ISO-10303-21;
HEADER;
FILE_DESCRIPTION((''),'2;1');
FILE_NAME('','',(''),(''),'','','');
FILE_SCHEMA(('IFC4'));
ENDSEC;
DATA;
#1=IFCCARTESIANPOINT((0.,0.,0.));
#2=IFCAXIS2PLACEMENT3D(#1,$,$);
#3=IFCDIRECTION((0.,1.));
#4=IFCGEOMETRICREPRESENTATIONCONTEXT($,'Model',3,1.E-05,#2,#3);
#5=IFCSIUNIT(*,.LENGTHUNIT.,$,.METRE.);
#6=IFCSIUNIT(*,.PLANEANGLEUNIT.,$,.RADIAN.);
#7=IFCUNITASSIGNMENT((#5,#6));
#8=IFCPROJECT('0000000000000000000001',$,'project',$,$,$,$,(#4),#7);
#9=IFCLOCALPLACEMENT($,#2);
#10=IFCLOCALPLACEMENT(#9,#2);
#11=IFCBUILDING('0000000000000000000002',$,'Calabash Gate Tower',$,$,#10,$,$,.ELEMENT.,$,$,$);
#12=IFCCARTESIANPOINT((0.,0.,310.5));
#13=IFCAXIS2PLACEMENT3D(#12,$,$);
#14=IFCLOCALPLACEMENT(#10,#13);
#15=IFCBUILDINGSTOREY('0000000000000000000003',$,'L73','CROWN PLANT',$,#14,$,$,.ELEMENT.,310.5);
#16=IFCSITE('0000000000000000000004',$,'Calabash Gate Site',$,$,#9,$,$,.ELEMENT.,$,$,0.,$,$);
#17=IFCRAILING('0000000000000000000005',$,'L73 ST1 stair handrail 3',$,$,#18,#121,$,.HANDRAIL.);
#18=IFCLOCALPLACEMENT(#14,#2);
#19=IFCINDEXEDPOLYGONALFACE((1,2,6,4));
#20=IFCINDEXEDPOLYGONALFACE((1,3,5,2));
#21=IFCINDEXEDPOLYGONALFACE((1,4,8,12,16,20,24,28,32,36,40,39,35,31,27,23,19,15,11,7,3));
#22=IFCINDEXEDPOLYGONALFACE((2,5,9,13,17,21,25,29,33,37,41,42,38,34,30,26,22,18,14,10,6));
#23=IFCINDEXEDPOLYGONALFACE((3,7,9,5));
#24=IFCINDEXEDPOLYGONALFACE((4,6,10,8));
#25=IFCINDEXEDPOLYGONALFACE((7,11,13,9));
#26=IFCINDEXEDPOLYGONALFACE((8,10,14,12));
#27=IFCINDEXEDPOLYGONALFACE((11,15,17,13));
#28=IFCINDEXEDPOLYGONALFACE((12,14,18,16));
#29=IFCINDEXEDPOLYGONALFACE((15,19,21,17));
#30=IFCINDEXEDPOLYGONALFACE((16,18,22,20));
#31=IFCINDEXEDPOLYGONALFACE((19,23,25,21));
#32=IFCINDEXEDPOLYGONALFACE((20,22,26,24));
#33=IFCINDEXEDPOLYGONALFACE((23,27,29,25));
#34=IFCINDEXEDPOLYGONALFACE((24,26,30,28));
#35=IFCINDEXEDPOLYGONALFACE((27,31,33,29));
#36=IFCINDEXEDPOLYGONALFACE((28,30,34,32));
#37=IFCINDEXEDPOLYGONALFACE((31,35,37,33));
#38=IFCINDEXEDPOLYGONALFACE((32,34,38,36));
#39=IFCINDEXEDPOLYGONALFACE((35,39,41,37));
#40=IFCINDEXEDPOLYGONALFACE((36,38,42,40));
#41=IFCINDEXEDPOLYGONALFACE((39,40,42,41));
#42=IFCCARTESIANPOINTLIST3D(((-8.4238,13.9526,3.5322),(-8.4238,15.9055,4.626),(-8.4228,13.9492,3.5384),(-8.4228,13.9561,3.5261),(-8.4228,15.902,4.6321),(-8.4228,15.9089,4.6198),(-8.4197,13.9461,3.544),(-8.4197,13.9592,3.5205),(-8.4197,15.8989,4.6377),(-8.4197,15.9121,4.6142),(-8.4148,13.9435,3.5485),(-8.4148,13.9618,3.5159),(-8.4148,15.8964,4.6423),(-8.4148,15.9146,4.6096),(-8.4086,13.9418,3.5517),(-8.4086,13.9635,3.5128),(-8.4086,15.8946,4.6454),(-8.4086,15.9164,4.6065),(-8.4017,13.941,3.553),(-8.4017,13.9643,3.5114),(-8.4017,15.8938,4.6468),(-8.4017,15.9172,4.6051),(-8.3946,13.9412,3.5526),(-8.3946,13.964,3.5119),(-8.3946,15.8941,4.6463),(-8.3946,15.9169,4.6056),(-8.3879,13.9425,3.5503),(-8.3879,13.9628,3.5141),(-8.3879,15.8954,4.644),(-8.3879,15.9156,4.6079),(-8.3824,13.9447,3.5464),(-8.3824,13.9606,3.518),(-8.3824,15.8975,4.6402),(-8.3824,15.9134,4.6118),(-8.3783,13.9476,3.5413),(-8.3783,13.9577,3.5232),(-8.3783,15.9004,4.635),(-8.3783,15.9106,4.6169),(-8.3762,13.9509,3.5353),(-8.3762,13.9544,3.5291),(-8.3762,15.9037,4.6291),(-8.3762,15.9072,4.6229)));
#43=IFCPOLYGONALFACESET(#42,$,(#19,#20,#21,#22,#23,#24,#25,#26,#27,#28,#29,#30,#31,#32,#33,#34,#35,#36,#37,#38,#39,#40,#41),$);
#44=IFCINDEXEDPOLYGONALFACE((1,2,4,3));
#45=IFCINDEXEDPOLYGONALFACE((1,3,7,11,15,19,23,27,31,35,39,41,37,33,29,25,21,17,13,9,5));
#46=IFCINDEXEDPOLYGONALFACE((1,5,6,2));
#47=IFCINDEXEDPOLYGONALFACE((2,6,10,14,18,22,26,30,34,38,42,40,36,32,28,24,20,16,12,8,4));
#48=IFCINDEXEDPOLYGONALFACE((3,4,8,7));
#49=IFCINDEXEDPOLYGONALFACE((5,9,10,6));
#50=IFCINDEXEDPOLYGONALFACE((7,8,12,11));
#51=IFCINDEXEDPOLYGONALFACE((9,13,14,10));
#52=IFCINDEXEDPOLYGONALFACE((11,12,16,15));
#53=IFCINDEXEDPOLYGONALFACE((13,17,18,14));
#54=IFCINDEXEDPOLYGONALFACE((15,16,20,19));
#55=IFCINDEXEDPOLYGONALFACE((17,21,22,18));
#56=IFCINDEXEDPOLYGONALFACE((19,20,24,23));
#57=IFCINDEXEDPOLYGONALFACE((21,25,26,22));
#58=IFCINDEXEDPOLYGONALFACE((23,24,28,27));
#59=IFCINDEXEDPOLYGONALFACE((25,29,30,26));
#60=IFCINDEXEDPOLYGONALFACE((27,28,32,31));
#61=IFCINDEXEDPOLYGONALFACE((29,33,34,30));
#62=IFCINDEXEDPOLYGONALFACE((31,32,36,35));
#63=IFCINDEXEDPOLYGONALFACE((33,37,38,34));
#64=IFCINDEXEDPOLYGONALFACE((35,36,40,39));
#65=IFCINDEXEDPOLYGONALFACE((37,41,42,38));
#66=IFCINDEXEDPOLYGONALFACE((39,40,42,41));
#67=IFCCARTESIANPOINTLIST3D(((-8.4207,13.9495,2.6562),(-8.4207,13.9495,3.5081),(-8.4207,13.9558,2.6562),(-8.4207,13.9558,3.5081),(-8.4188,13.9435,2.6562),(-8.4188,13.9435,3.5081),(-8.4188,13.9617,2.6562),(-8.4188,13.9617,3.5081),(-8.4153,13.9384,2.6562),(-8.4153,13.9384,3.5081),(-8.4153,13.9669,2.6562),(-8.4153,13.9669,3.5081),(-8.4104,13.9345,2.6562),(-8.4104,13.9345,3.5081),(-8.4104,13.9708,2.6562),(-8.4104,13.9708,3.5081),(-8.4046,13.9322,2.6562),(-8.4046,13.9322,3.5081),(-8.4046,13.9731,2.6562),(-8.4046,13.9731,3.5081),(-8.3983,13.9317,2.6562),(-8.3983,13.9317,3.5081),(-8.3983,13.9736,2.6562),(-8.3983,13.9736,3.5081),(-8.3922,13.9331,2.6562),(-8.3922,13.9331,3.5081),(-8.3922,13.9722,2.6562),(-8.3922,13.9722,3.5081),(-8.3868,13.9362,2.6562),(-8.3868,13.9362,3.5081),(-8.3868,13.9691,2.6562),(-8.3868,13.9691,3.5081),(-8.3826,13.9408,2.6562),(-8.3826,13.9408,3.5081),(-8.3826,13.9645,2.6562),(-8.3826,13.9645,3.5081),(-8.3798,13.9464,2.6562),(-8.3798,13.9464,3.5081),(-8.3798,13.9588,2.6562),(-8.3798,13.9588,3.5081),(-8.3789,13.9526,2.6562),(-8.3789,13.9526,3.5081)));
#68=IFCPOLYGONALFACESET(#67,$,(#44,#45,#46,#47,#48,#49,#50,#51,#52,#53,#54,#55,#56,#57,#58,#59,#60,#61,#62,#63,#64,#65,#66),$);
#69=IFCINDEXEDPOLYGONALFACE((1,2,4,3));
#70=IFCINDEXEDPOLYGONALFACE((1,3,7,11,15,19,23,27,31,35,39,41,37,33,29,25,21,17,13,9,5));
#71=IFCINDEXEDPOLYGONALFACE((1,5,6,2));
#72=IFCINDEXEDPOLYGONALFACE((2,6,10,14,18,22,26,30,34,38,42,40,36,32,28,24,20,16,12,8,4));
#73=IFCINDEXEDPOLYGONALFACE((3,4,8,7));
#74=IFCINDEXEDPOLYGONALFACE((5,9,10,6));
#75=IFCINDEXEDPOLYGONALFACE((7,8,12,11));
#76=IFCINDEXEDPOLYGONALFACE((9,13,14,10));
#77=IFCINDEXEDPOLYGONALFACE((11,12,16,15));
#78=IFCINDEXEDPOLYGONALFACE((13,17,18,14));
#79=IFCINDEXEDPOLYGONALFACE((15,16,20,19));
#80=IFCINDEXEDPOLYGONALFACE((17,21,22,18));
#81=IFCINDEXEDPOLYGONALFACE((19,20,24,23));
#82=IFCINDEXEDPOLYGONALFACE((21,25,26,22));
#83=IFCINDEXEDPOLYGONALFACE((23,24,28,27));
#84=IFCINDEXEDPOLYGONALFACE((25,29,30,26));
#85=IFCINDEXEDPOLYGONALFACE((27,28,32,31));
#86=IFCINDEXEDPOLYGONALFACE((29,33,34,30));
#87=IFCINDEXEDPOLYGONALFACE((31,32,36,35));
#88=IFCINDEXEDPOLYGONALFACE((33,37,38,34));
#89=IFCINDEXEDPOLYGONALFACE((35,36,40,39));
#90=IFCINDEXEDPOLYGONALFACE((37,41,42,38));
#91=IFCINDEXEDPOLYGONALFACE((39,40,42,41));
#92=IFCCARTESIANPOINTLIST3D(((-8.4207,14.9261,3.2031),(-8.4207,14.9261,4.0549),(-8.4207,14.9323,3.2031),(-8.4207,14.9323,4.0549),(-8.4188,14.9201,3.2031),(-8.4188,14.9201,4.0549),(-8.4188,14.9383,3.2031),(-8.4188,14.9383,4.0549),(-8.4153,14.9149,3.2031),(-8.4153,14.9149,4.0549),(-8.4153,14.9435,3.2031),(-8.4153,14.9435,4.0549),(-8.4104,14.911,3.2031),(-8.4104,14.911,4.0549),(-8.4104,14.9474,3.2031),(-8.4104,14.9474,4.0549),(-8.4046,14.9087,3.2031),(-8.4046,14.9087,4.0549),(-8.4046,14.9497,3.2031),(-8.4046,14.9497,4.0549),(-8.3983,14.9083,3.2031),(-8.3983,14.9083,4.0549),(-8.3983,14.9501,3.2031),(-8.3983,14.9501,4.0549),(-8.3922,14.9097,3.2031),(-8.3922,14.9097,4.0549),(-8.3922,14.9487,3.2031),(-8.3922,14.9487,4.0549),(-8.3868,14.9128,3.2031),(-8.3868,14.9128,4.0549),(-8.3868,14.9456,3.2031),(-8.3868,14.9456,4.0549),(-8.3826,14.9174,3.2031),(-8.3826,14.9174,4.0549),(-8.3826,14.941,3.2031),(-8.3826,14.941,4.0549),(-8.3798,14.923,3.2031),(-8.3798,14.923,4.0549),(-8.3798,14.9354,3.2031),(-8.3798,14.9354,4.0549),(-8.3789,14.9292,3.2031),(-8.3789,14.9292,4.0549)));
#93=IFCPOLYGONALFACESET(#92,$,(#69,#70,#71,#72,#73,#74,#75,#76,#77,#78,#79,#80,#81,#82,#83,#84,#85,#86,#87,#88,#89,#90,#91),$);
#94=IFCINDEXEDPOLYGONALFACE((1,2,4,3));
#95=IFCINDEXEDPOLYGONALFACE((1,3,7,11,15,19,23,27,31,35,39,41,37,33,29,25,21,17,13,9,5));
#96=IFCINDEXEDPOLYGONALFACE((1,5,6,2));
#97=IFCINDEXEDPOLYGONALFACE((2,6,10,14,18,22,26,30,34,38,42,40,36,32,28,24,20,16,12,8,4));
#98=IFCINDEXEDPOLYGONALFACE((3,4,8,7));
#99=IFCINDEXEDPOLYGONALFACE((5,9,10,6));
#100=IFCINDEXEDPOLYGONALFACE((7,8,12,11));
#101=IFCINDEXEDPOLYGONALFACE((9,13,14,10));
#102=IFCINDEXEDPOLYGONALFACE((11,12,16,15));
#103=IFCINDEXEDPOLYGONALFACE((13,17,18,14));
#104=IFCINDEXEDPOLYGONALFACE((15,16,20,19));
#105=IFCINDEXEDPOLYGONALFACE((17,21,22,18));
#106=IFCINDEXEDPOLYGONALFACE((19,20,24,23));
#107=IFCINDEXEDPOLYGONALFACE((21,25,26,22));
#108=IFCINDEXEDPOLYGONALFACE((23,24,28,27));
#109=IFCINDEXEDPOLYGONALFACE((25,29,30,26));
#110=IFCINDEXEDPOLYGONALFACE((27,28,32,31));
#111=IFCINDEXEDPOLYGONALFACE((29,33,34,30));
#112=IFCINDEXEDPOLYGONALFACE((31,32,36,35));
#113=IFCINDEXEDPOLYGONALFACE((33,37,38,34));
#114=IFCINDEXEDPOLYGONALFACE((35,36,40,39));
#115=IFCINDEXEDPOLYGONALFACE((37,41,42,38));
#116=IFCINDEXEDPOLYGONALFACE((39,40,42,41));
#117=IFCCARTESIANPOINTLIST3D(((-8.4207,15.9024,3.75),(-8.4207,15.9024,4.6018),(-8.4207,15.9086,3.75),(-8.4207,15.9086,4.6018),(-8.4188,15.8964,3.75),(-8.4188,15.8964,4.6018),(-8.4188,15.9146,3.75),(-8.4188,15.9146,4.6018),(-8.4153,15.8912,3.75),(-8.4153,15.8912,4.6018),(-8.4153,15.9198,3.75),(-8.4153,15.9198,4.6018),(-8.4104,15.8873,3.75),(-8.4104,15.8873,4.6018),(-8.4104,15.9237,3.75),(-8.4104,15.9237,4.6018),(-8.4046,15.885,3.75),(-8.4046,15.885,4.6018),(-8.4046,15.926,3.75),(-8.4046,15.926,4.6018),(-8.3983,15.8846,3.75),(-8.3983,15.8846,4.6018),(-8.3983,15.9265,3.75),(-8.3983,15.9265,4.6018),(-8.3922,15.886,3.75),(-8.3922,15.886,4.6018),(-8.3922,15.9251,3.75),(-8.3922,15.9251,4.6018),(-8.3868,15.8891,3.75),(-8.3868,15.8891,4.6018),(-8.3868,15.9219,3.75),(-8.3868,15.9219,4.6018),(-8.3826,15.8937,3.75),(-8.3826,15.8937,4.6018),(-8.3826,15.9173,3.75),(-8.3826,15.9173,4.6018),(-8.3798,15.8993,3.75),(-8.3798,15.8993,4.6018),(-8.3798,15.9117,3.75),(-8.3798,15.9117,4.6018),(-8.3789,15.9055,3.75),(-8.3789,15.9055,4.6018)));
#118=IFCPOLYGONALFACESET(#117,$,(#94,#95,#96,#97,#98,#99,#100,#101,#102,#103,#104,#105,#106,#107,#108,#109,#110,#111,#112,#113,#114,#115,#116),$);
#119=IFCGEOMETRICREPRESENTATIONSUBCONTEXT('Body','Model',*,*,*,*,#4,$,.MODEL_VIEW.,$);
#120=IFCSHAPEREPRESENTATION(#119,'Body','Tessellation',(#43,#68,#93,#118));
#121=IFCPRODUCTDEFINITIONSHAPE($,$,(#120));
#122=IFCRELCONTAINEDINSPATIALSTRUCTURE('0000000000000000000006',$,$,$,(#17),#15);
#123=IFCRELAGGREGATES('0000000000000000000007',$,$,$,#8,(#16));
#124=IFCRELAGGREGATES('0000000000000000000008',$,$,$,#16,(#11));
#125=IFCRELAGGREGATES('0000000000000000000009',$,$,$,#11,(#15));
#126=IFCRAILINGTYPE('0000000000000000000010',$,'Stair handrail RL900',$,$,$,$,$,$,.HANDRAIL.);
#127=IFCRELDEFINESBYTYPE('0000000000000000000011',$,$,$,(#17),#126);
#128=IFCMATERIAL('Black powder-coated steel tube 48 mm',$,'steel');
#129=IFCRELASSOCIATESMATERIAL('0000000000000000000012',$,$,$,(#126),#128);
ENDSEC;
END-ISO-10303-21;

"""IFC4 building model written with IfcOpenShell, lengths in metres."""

from ifc_helpers import new_model, si_unit, direction, frame, origin, origin_2d, place, context, subcontext, project, spatial, circle, extrude, material, type_object, element, save


model = new_model("IFC4")

# Units and contexts
model_context = context("Model", 3, precision=1e-05, world=origin(), true_north=direction((0.0, 1.0)))
body_context = subcontext(model_context, "Body", "Model", "MODEL_VIEW")
ifc_project = project(units=[si_unit("LENGTHUNIT", "METRE"), si_unit("PLANEANGLEUNIT", "RADIAN")], contexts=[model_context])

# Site, building, storey
site_placement = place(None, origin())
site = spatial("IfcSite", under=ifc_project, at=site_placement, Name="Calabash Gate Site", CompositionType="ELEMENT", RefElevation=0.0)
building_placement = place(site_placement, origin())
building = spatial("IfcBuilding", under=site, at=building_placement, Name="Calabash Gate Tower", CompositionType="ELEMENT")
storey_placement = place(building_placement, frame((0.0, 0.0, 310.5)))
storey = spatial("IfcBuildingStorey", under=building, at=storey_placement, Name="L73", Description="CROWN PLANT", CompositionType="ELEMENT", Elevation=310.5)

# Railing
ifc_material_1 = material(Name="Black powder-coated steel tube 48 mm", Category="steel")
railing_type_1 = type_object("IfcRailingType", Name="Stair handrail RL900", PredefinedType="HANDRAIL", material=ifc_material_1)
railing_1_placement = place(storey_placement, frame((-8.3999, 13.9526, 2.6562)))
element("IfcRailing", 1, at=railing_1_placement, inside=storey, type_object=railing_type_1, Name="L73 ST1 stair handrail 3", PredefinedType="HANDRAIL", context=body_context, shape_type="SweptSolid", body=[
    extrude(circle(Radius=0.0239, at=origin_2d()), frame((0.0, 0.0, 0.876), z_axis=(0.0, 0.87248, 0.48865), x_axis=(-1.0, 0.0, 0.0)), (0.0, 0.0, 1.0), 2.2383),
    extrude(circle(Radius=0.021, at=origin_2d()), origin(), (0.0, 0.0, 1.0), 0.8518),
    extrude(circle(Radius=0.021, at=origin_2d()), frame((0.0, 0.9766, 0.5469)), (0.0, 0.0, 1.0), 0.8518),
    extrude(circle(Radius=0.021, at=origin_2d()), frame((0.0, 1.9529, 1.0938)), (0.0, 0.0, 1.0), 0.8518),
])

save(model, "model.ifc")
